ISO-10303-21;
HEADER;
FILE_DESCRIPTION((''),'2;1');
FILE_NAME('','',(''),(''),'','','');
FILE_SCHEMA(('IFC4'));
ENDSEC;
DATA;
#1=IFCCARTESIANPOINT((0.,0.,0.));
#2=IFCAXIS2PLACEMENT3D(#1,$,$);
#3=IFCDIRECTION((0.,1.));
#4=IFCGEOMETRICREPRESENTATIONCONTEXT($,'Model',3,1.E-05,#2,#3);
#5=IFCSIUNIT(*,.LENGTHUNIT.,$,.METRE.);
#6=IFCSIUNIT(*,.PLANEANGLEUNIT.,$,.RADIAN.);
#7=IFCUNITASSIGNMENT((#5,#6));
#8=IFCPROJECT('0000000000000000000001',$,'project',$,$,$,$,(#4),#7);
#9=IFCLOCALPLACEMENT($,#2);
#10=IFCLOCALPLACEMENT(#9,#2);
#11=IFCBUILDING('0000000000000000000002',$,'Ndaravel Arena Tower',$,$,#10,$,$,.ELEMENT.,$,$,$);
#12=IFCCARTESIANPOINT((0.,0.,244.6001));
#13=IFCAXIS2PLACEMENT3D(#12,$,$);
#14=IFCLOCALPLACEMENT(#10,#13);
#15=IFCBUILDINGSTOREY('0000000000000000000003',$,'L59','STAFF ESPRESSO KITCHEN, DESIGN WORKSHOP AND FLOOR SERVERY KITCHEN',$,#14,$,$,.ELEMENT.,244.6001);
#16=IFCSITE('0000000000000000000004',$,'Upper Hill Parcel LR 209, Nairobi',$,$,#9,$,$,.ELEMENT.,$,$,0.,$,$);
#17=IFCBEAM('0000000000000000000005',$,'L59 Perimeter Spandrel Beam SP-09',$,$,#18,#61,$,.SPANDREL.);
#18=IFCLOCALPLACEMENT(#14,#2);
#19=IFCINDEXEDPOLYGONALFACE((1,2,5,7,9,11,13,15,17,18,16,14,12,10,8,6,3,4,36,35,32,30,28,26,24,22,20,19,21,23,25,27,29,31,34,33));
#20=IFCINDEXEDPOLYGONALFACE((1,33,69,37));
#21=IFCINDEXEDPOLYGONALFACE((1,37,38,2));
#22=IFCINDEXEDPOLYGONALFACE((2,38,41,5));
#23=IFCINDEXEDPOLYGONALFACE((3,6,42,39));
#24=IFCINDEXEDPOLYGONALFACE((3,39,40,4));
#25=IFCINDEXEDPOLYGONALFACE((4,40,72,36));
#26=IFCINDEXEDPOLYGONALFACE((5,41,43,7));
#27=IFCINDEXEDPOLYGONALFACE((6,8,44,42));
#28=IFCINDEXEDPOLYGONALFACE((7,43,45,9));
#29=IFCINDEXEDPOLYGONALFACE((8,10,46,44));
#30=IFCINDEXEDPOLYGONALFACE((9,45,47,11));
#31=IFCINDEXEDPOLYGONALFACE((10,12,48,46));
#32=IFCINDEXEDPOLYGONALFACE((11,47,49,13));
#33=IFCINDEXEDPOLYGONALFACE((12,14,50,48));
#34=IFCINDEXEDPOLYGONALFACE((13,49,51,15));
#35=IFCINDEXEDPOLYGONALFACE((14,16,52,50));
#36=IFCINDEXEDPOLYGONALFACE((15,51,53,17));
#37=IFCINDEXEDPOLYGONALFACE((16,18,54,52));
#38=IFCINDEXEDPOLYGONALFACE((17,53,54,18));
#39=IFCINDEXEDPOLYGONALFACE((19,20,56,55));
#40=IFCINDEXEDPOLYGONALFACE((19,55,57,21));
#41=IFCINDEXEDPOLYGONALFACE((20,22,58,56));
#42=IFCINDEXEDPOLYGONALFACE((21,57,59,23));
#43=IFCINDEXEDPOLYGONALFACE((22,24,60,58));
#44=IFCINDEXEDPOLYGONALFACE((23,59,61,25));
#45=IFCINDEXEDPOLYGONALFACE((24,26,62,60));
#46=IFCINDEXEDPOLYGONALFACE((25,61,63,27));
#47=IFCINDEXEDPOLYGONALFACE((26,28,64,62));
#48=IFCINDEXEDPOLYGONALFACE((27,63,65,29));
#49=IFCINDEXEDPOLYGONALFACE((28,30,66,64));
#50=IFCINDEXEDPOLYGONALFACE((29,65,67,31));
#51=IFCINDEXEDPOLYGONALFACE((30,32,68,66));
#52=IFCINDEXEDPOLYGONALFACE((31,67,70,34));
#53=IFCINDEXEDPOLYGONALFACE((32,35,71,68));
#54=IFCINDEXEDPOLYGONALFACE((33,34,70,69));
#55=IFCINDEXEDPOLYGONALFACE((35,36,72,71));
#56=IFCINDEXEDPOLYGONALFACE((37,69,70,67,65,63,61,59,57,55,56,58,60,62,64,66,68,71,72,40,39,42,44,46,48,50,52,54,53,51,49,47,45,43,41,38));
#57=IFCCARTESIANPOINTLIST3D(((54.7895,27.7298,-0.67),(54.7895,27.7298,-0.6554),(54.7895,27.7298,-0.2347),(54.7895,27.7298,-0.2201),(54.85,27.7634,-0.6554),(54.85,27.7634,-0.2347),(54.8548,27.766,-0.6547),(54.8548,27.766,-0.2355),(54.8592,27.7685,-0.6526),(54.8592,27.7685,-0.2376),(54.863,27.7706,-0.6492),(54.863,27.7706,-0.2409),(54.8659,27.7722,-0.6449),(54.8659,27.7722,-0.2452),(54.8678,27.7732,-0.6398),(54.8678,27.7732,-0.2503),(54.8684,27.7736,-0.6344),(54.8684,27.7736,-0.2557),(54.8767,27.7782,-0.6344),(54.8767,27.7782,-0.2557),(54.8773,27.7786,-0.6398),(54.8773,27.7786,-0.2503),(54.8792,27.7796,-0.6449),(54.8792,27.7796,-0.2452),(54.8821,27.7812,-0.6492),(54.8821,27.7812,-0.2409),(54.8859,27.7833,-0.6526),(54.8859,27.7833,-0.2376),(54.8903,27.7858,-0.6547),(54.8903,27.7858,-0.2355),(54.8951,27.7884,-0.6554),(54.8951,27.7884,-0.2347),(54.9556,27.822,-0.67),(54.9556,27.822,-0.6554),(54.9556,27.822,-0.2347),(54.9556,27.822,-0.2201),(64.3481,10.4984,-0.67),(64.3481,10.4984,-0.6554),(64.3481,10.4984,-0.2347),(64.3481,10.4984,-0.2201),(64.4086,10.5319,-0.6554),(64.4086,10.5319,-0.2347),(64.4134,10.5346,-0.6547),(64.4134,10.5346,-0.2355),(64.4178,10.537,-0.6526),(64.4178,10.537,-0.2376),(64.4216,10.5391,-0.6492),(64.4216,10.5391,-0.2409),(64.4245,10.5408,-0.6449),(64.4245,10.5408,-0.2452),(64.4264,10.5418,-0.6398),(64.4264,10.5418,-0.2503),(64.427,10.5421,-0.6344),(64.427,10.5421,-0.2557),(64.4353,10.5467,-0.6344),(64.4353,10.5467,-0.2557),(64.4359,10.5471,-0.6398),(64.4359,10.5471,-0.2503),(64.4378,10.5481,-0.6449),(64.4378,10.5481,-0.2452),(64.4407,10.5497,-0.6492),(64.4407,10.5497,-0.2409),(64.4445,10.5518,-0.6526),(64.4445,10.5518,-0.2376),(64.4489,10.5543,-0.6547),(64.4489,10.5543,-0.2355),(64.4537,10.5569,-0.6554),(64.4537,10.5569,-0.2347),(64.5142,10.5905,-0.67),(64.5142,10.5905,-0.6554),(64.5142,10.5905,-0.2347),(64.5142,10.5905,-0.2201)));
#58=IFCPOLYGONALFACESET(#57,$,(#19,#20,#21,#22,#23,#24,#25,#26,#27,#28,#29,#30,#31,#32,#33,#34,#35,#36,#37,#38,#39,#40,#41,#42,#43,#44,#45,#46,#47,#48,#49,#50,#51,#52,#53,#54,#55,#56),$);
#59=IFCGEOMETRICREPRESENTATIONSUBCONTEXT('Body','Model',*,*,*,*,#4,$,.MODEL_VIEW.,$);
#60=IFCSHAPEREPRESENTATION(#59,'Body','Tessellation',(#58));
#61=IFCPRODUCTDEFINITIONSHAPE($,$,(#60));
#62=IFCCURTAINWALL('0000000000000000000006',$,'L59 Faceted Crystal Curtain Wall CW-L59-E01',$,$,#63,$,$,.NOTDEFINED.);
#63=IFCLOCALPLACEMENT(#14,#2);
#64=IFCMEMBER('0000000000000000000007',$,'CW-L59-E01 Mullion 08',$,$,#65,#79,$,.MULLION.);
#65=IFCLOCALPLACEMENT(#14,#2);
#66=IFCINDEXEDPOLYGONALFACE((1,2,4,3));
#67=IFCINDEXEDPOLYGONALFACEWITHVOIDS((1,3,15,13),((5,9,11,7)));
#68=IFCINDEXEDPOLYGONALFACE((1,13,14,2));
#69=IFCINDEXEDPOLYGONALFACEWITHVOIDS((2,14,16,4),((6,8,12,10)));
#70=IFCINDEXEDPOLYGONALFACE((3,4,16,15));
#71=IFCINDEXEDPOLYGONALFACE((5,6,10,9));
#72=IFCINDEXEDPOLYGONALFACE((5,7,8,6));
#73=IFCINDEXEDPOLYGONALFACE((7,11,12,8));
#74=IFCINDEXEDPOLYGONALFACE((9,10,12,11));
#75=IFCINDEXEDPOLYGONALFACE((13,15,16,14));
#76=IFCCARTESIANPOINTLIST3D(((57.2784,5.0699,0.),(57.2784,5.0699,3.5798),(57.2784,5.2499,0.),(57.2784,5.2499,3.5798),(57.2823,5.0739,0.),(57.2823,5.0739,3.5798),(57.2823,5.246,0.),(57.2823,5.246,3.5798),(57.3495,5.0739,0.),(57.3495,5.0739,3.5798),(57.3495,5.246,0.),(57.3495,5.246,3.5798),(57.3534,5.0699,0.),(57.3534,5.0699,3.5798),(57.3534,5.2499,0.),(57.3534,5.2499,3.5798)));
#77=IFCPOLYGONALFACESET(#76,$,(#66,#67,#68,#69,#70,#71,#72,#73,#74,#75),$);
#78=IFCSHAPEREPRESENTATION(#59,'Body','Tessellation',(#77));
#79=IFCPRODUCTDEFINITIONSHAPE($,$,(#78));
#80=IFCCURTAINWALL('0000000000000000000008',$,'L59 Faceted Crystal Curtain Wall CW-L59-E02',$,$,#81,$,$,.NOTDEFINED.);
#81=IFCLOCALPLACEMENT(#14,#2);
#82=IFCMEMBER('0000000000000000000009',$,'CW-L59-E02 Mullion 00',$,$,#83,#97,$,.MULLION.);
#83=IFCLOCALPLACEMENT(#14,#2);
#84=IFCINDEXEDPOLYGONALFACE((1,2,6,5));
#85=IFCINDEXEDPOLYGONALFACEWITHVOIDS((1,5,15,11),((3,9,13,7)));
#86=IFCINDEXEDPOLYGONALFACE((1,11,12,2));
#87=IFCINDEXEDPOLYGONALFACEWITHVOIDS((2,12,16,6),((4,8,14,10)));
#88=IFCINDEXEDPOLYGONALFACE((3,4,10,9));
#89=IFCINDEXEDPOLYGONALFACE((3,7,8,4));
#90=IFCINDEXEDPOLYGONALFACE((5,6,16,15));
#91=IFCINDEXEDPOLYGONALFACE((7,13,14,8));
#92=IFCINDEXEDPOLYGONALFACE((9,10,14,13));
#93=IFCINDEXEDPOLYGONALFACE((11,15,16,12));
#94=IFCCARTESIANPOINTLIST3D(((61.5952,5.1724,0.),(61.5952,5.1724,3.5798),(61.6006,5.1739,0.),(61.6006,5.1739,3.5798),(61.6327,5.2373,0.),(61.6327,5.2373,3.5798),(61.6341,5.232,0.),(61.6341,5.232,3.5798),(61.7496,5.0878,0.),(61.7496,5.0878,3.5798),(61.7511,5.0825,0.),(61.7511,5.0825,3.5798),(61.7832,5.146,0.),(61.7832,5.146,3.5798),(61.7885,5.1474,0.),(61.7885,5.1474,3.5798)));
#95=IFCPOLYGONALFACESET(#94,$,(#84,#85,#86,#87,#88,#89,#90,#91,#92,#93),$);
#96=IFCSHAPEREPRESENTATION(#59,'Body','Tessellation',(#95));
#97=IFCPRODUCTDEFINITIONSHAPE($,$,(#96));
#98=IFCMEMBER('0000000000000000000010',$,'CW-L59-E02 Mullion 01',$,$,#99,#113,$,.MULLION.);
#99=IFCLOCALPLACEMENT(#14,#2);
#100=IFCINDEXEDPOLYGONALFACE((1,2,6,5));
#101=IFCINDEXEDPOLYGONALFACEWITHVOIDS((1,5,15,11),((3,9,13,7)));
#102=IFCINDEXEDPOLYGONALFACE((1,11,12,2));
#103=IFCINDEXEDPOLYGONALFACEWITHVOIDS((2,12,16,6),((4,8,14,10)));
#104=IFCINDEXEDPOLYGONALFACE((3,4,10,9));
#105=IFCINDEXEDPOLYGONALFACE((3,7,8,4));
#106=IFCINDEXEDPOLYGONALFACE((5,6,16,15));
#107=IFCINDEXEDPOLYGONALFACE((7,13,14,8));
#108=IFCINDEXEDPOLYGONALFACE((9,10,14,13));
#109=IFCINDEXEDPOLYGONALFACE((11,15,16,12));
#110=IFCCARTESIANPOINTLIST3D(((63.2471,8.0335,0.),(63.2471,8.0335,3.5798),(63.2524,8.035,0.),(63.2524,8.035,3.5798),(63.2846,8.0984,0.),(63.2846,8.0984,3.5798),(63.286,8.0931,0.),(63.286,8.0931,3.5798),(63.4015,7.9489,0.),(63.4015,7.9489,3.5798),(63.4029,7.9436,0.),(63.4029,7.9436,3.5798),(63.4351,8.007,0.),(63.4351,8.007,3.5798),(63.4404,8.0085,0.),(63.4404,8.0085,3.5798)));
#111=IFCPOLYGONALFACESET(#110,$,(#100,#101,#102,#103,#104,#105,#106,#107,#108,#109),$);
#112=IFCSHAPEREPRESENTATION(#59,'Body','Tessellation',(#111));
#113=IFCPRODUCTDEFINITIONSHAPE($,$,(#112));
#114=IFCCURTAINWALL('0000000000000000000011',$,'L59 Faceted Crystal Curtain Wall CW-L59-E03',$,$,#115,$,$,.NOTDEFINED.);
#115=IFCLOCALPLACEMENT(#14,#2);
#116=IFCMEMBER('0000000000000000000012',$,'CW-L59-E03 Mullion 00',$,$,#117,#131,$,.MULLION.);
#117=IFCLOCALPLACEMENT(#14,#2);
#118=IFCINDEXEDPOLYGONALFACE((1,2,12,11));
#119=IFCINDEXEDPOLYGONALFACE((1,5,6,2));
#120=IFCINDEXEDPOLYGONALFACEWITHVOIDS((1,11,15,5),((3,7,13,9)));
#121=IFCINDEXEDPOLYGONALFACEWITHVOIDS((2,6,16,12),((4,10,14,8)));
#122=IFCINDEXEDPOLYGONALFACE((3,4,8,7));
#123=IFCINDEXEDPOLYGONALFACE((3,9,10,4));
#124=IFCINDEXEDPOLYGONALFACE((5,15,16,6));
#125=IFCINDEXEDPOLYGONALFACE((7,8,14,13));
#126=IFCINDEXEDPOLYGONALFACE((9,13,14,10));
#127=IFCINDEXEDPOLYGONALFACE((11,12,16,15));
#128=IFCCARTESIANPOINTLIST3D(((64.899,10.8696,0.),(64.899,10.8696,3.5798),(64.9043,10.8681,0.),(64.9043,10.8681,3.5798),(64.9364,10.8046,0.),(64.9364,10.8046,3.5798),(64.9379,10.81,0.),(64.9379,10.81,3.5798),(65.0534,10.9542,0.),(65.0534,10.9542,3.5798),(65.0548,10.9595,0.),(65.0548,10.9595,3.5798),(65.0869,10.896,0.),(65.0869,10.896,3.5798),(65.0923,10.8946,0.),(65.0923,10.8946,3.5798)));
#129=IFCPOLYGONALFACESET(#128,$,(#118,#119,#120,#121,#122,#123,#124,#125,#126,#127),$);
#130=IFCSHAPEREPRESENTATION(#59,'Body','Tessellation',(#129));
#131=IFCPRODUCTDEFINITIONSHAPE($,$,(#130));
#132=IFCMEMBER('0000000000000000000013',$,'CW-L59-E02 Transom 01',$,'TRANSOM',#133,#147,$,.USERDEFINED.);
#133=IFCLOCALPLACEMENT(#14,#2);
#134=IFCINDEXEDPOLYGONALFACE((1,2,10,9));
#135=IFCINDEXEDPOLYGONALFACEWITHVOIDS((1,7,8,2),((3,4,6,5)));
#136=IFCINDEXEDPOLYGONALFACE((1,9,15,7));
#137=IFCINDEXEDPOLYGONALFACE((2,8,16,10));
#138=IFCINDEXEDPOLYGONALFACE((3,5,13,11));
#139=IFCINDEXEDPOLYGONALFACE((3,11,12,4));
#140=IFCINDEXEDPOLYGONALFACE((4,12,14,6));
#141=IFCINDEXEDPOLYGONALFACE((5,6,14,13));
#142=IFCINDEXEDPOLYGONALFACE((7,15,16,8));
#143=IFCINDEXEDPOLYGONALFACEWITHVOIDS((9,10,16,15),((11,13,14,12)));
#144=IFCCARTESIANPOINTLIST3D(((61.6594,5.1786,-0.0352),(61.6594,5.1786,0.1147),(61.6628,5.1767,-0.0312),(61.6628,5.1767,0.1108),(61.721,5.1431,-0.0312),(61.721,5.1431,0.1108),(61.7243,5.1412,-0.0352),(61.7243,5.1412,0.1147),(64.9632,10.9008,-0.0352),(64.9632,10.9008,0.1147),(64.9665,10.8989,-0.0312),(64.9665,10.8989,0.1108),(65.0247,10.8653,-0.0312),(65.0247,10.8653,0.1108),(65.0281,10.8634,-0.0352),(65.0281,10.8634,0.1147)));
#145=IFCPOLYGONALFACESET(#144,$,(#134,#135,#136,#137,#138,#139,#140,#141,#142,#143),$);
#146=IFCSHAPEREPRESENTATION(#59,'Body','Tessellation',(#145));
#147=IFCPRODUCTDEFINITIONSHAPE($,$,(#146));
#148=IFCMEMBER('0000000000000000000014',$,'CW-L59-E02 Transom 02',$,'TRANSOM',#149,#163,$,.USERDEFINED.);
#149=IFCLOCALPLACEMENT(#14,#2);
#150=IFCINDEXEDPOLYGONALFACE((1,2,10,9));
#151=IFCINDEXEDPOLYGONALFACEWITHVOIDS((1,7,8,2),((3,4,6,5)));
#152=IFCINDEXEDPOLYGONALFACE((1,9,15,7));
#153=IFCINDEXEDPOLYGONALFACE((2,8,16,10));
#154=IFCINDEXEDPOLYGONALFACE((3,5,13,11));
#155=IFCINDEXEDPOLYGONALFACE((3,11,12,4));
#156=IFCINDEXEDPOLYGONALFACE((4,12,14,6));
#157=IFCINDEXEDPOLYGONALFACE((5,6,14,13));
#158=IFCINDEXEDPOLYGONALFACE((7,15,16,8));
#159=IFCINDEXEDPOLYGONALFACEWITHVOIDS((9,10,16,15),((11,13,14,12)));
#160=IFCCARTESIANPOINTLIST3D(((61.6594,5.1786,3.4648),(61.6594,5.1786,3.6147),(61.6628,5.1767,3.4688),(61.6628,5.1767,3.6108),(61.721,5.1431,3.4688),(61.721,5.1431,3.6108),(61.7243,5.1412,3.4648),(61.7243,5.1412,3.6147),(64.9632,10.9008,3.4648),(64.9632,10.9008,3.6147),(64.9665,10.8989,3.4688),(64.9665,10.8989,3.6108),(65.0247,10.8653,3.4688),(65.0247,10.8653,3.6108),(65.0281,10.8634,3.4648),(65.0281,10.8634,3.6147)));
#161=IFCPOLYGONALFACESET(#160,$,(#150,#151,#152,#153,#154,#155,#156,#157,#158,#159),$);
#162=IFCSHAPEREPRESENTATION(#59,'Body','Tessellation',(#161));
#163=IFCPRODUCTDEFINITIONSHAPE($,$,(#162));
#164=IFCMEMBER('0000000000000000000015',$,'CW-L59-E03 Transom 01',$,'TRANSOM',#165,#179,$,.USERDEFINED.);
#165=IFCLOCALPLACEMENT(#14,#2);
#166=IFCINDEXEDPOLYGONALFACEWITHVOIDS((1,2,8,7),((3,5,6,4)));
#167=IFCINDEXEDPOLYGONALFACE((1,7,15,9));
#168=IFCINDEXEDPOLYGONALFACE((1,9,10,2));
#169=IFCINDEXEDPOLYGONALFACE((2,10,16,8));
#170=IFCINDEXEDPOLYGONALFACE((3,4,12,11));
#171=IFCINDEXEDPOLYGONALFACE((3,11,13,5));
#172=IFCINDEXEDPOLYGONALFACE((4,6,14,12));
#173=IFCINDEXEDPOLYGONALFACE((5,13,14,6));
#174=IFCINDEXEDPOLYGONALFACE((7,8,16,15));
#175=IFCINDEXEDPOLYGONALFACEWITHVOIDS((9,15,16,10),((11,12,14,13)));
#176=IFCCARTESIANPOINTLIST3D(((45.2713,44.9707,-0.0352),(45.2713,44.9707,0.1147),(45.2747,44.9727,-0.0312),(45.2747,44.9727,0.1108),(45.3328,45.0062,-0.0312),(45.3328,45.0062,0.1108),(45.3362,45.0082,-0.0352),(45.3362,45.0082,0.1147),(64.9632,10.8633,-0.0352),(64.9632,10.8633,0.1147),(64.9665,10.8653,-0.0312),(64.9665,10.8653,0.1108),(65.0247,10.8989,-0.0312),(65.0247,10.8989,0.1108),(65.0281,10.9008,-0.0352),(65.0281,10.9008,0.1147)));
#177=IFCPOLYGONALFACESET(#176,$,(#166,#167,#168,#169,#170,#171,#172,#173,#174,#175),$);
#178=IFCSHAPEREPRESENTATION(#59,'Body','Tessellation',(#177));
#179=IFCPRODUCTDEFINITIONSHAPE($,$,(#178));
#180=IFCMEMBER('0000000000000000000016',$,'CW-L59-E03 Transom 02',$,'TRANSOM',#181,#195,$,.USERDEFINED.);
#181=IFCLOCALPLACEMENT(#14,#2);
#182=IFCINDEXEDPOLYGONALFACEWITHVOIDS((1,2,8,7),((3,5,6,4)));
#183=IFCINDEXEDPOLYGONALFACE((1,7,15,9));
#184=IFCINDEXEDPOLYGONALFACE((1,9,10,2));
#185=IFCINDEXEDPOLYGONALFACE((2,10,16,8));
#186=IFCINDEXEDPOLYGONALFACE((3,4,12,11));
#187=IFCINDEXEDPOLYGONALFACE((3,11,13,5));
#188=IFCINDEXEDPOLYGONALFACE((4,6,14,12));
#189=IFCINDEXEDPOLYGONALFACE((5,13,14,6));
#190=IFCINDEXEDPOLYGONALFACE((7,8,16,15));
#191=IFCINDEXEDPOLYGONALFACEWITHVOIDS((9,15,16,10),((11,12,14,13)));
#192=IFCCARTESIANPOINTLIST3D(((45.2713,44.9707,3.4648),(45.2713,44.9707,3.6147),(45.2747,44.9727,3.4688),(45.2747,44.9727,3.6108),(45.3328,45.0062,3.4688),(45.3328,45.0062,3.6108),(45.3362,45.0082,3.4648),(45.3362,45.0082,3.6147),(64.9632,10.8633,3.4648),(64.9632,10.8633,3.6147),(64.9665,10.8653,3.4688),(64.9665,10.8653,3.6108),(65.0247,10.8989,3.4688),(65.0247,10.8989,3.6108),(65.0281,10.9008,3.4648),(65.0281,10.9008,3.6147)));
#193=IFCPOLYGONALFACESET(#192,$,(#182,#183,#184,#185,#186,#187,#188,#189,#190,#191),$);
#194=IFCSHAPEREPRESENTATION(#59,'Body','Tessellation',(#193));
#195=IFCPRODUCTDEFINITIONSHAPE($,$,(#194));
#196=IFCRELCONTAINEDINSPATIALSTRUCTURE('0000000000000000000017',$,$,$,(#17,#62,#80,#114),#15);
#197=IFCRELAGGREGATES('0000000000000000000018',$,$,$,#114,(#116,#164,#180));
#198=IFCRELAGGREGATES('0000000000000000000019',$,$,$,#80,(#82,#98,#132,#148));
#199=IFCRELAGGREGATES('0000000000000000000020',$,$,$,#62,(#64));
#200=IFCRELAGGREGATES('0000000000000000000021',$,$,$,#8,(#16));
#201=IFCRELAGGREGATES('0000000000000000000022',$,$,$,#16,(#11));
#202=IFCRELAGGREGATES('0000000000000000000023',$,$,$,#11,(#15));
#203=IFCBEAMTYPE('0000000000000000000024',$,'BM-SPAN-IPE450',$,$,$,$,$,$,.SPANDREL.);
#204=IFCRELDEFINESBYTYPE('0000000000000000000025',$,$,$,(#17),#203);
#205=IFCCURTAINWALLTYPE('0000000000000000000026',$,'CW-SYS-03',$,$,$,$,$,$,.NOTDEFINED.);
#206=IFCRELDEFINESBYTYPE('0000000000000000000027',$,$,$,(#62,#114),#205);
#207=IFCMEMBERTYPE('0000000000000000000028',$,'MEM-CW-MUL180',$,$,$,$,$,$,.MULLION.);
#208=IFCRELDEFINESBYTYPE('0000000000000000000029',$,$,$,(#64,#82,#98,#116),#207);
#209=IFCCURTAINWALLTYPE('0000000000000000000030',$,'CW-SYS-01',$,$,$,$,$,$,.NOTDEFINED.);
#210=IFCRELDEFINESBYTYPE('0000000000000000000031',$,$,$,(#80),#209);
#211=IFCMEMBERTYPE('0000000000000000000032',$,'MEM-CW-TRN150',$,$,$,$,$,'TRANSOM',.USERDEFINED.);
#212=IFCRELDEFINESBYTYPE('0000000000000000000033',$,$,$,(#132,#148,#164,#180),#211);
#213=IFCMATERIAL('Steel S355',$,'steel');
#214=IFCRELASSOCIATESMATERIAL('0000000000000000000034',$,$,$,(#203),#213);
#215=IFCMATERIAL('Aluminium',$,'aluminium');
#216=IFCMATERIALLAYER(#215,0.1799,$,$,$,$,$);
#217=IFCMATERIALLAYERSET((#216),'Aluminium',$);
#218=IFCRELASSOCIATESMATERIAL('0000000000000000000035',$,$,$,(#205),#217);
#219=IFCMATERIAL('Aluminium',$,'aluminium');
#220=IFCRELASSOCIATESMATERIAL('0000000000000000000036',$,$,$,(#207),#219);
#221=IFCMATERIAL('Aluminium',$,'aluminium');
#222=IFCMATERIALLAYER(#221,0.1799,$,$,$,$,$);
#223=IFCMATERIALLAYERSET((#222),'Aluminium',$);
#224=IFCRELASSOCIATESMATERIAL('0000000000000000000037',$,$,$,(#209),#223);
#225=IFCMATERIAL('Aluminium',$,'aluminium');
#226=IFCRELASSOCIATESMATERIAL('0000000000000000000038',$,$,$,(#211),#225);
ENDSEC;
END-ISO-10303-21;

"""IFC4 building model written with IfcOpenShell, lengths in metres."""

from ifc_helpers import new_model, si_unit, direction, frame, origin, origin_2d, place, context, subcontext, project, spatial, hollow_rectangle, i_section, extrude, material, layer, layer_set, material_profile, profile_set, type_object, element, aggregate, save


model = new_model("IFC4")

# Units and contexts
model_context = context("Model", 3, precision=1e-05, world=origin(), true_north=direction((0.0, 1.0)))
body_context = subcontext(model_context, "Body", "Model", "MODEL_VIEW")
ifc_project = project(units=[si_unit("LENGTHUNIT", "METRE"), si_unit("PLANEANGLEUNIT", "RADIAN")], contexts=[model_context])

# Site, building, storey
site_placement = place(None, origin())
site = spatial("IfcSite", under=ifc_project, at=site_placement, Name="Upper Hill Parcel LR 209, Nairobi", CompositionType="ELEMENT", RefElevation=0.0)
building_placement = place(site_placement, origin())
building = spatial("IfcBuilding", under=site, at=building_placement, Name="Ndaravel Arena Tower", CompositionType="ELEMENT")
storey_placement = place(building_placement, frame((0.0, 0.0, 244.6001)))
storey = spatial("IfcBuildingStorey", under=building, at=storey_placement, Name="L59", Description="STAFF ESPRESSO KITCHEN, DESIGN WORKSHOP AND FLOOR SERVERY KITCHEN", CompositionType="ELEMENT", Elevation=244.6001)

# Beam
ifc_material_1 = material(Name="Steel S355", Category="steel")
ifc_material_profile_1 = material_profile(ifc_material_1, i_section(OverallWidth=0.1899, OverallDepth=0.45, WebThickness=0.0095, FlangeThickness=0.0146, FilletRadius=0.021, at=origin_2d()), Name="IPE 450")
ifc_profile_set_1 = profile_set([ifc_material_profile_1], Name="Steel S355")
beam_type = type_object("IfcBeamType", Name="BM-SPAN-IPE450", PredefinedType="SPANDREL", material=ifc_profile_set_1)
beam_placement = place(storey_placement, frame((64.4312, 10.5444, -0.4451), z_axis=(-0.485083, 0.874468, 0.0), x_axis=(-0.874468, -0.485083, 0.0)))
element("IfcBeam", 1, at=beam_placement, inside=storey, type_object=beam_type, Name="L59 Perimeter Spandrel Beam SP-09", PredefinedType="SPANDREL", context=body_context, shape_type="SweptSolid", body=[
    extrude(i_section(OverallWidth=0.1899, OverallDepth=0.45, WebThickness=0.0095, FlangeThickness=0.0146, FilletRadius=0.021, at=origin_2d()), origin(), (0.0, 0.0, 1.0), 19.7051),
])

# Curtain wall, member
ifc_material_2 = material(Name="Aluminium", Category="aluminium")
ifc_layer_1 = layer(ifc_material_2, 0.1799)
ifc_layer_set_1 = layer_set([ifc_layer_1], Name="Aluminium")
curtain_wall_type_1 = type_object("IfcCurtainWallType", Name="CW-SYS-03", PredefinedType="NOTDEFINED", material=ifc_layer_set_1)
curtain_wall_1_placement = place(storey_placement, origin())
curtain_wall_1 = element("IfcCurtainWall", 2, at=curtain_wall_1_placement, inside=storey, type_object=curtain_wall_type_1, Name="L59 Faceted Crystal Curtain Wall CW-L59-E01", PredefinedType="NOTDEFINED")
ifc_material_3 = material(Name="Aluminium", Category="aluminium")
ifc_material_profile_2 = material_profile(ifc_material_3, hollow_rectangle(XDim=0.075, YDim=0.1799, WallThickness=0.0039, at=origin_2d()), Name="CW MULLION 75x180x4")
ifc_profile_set_2 = profile_set([ifc_material_profile_2], Name="Aluminium")
member_type_1 = type_object("IfcMemberType", Name="MEM-CW-MUL180", PredefinedType="MULLION", material=ifc_profile_set_2)
member_1_placement = place(storey_placement, frame((57.3159, 5.1599, 0.0), z_axis=(0.0, 0.0, 1.0), x_axis=(1.0, 0.0, 0.0)))
member_1 = element("IfcMember", 3, at=member_1_placement, type_object=member_type_1, Name="CW-L59-E01 Mullion 08", PredefinedType="MULLION", context=body_context, shape_type="SweptSolid", body=[
    extrude(hollow_rectangle(XDim=0.075, YDim=0.1799, WallThickness=0.0039, at=origin_2d()), origin(), (0.0, 0.0, 1.0), 3.5798),
])

# Curtain wall, members
ifc_material_4 = material(Name="Aluminium", Category="aluminium")
ifc_layer_2 = layer(ifc_material_4, 0.1799)
ifc_layer_set_2 = layer_set([ifc_layer_2], Name="Aluminium")
curtain_wall_type_2 = type_object("IfcCurtainWallType", Name="CW-SYS-01", PredefinedType="NOTDEFINED", material=ifc_layer_set_2)
curtain_wall_2_placement = place(storey_placement, origin())
curtain_wall_2 = element("IfcCurtainWall", 4, at=curtain_wall_2_placement, inside=storey, type_object=curtain_wall_type_2, Name="L59 Faceted Crystal Curtain Wall CW-L59-E02", PredefinedType="NOTDEFINED")
member_2_placement = place(storey_placement, frame((61.6919, 5.1599, 0.0), z_axis=(0.0, 0.0, 1.0), x_axis=(0.5, 0.866025, 0.0)))
member_2 = element("IfcMember", 5, at=member_2_placement, type_object=member_type_1, Name="CW-L59-E02 Mullion 00", PredefinedType="MULLION", context=body_context, shape_type="SweptSolid", body=[
    extrude(hollow_rectangle(XDim=0.075, YDim=0.1799, WallThickness=0.0039, at=origin_2d()), origin(), (0.0, 0.0, 1.0), 3.5798),
])
member_3_placement = place(storey_placement, frame((63.3438, 8.021, 0.0), z_axis=(0.0, 0.0, 1.0), x_axis=(0.5, 0.866025, 0.0)))
member_3 = element("IfcMember", 6, at=member_3_placement, type_object=member_type_1, Name="CW-L59-E02 Mullion 01", PredefinedType="MULLION", context=body_context, shape_type="SweptSolid", body=[
    extrude(hollow_rectangle(XDim=0.075, YDim=0.1799, WallThickness=0.0039, at=origin_2d()), origin(), (0.0, 0.0, 1.0), 3.5798),
])

# Curtain wall, member
curtain_wall_3_placement = place(storey_placement, origin())
curtain_wall_3 = element("IfcCurtainWall", 7, at=curtain_wall_3_placement, inside=storey, type_object=curtain_wall_type_1, Name="L59 Faceted Crystal Curtain Wall CW-L59-E03", PredefinedType="NOTDEFINED")
member_4_placement = place(storey_placement, frame((64.9956, 10.8821, 0.0), z_axis=(0.0, 0.0, 1.0), x_axis=(-0.5, 0.866025, 0.0)))
member_4 = element("IfcMember", 8, at=member_4_placement, type_object=member_type_1, Name="CW-L59-E03 Mullion 00", PredefinedType="MULLION", context=body_context, shape_type="SweptSolid", body=[
    extrude(hollow_rectangle(XDim=0.075, YDim=0.1799, WallThickness=0.0039, at=origin_2d()), origin(), (0.0, 0.0, 1.0), 3.5798),
])

# Members
ifc_material_5 = material(Name="Aluminium", Category="aluminium")
ifc_material_profile_3 = material_profile(ifc_material_5, hollow_rectangle(XDim=0.075, YDim=0.1499, WallThickness=0.0039, at=origin_2d()), Name="CW TRANSOM 75x150x4")
ifc_profile_set_3 = profile_set([ifc_material_profile_3], Name="Aluminium")
member_type_2 = type_object("IfcMemberType", Name="MEM-CW-TRN150", ElementType="TRANSOM", PredefinedType="USERDEFINED", material=ifc_profile_set_3)
member_5_placement = place(storey_placement, frame((61.6919, 5.1599, 0.0398), z_axis=(0.500002, 0.866024, 0.0), x_axis=(-0.866024, 0.500002, 0.0)))
member_5 = element("IfcMember", 9, at=member_5_placement, type_object=member_type_2, Name="CW-L59-E02 Transom 01", ObjectType="TRANSOM", PredefinedType="USERDEFINED", context=body_context, shape_type="SweptSolid", body=[
    extrude(hollow_rectangle(XDim=0.075, YDim=0.1499, WallThickness=0.0039, at=origin_2d()), origin(), (0.0, 0.0, 1.0), 6.6074),
])
member_6_placement = place(storey_placement, frame((61.6919, 5.1599, 3.5398), z_axis=(0.500002, 0.866024, 0.0), x_axis=(-0.866024, 0.500002, 0.0)))
member_6 = element("IfcMember", 10, at=member_6_placement, type_object=member_type_2, Name="CW-L59-E02 Transom 02", ObjectType="TRANSOM", PredefinedType="USERDEFINED", context=body_context, shape_type="SweptSolid", body=[
    extrude(hollow_rectangle(XDim=0.075, YDim=0.1499, WallThickness=0.0039, at=origin_2d()), origin(), (0.0, 0.0, 1.0), 6.6074),
])
member_7_placement = place(storey_placement, frame((64.9956, 10.8821, 0.0398), z_axis=(-0.499999, 0.866026, 0.0), x_axis=(-0.866026, -0.499999, 0.0)))
member_7 = element("IfcMember", 11, at=member_7_placement, type_object=member_type_2, Name="CW-L59-E03 Transom 01", ObjectType="TRANSOM", PredefinedType="USERDEFINED", context=body_context, shape_type="SweptSolid", body=[
    extrude(hollow_rectangle(XDim=0.075, YDim=0.1499, WallThickness=0.0039, at=origin_2d()), origin(), (0.0, 0.0, 1.0), 39.3838),
])
member_8_placement = place(storey_placement, frame((64.9956, 10.8821, 3.5398), z_axis=(-0.499999, 0.866026, 0.0), x_axis=(-0.866026, -0.499999, 0.0)))
member_8 = element("IfcMember", 12, at=member_8_placement, type_object=member_type_2, Name="CW-L59-E03 Transom 02", ObjectType="TRANSOM", PredefinedType="USERDEFINED", context=body_context, shape_type="SweptSolid", body=[
    extrude(hollow_rectangle(XDim=0.075, YDim=0.1499, WallThickness=0.0039, at=origin_2d()), origin(), (0.0, 0.0, 1.0), 39.3838),
])
aggregate(curtain_wall_3, [member_4, member_7, member_8])

aggregate(curtain_wall_2, [member_2, member_3, member_5, member_6])
aggregate(curtain_wall_1, [member_1])

save(model, "model.ifc")
